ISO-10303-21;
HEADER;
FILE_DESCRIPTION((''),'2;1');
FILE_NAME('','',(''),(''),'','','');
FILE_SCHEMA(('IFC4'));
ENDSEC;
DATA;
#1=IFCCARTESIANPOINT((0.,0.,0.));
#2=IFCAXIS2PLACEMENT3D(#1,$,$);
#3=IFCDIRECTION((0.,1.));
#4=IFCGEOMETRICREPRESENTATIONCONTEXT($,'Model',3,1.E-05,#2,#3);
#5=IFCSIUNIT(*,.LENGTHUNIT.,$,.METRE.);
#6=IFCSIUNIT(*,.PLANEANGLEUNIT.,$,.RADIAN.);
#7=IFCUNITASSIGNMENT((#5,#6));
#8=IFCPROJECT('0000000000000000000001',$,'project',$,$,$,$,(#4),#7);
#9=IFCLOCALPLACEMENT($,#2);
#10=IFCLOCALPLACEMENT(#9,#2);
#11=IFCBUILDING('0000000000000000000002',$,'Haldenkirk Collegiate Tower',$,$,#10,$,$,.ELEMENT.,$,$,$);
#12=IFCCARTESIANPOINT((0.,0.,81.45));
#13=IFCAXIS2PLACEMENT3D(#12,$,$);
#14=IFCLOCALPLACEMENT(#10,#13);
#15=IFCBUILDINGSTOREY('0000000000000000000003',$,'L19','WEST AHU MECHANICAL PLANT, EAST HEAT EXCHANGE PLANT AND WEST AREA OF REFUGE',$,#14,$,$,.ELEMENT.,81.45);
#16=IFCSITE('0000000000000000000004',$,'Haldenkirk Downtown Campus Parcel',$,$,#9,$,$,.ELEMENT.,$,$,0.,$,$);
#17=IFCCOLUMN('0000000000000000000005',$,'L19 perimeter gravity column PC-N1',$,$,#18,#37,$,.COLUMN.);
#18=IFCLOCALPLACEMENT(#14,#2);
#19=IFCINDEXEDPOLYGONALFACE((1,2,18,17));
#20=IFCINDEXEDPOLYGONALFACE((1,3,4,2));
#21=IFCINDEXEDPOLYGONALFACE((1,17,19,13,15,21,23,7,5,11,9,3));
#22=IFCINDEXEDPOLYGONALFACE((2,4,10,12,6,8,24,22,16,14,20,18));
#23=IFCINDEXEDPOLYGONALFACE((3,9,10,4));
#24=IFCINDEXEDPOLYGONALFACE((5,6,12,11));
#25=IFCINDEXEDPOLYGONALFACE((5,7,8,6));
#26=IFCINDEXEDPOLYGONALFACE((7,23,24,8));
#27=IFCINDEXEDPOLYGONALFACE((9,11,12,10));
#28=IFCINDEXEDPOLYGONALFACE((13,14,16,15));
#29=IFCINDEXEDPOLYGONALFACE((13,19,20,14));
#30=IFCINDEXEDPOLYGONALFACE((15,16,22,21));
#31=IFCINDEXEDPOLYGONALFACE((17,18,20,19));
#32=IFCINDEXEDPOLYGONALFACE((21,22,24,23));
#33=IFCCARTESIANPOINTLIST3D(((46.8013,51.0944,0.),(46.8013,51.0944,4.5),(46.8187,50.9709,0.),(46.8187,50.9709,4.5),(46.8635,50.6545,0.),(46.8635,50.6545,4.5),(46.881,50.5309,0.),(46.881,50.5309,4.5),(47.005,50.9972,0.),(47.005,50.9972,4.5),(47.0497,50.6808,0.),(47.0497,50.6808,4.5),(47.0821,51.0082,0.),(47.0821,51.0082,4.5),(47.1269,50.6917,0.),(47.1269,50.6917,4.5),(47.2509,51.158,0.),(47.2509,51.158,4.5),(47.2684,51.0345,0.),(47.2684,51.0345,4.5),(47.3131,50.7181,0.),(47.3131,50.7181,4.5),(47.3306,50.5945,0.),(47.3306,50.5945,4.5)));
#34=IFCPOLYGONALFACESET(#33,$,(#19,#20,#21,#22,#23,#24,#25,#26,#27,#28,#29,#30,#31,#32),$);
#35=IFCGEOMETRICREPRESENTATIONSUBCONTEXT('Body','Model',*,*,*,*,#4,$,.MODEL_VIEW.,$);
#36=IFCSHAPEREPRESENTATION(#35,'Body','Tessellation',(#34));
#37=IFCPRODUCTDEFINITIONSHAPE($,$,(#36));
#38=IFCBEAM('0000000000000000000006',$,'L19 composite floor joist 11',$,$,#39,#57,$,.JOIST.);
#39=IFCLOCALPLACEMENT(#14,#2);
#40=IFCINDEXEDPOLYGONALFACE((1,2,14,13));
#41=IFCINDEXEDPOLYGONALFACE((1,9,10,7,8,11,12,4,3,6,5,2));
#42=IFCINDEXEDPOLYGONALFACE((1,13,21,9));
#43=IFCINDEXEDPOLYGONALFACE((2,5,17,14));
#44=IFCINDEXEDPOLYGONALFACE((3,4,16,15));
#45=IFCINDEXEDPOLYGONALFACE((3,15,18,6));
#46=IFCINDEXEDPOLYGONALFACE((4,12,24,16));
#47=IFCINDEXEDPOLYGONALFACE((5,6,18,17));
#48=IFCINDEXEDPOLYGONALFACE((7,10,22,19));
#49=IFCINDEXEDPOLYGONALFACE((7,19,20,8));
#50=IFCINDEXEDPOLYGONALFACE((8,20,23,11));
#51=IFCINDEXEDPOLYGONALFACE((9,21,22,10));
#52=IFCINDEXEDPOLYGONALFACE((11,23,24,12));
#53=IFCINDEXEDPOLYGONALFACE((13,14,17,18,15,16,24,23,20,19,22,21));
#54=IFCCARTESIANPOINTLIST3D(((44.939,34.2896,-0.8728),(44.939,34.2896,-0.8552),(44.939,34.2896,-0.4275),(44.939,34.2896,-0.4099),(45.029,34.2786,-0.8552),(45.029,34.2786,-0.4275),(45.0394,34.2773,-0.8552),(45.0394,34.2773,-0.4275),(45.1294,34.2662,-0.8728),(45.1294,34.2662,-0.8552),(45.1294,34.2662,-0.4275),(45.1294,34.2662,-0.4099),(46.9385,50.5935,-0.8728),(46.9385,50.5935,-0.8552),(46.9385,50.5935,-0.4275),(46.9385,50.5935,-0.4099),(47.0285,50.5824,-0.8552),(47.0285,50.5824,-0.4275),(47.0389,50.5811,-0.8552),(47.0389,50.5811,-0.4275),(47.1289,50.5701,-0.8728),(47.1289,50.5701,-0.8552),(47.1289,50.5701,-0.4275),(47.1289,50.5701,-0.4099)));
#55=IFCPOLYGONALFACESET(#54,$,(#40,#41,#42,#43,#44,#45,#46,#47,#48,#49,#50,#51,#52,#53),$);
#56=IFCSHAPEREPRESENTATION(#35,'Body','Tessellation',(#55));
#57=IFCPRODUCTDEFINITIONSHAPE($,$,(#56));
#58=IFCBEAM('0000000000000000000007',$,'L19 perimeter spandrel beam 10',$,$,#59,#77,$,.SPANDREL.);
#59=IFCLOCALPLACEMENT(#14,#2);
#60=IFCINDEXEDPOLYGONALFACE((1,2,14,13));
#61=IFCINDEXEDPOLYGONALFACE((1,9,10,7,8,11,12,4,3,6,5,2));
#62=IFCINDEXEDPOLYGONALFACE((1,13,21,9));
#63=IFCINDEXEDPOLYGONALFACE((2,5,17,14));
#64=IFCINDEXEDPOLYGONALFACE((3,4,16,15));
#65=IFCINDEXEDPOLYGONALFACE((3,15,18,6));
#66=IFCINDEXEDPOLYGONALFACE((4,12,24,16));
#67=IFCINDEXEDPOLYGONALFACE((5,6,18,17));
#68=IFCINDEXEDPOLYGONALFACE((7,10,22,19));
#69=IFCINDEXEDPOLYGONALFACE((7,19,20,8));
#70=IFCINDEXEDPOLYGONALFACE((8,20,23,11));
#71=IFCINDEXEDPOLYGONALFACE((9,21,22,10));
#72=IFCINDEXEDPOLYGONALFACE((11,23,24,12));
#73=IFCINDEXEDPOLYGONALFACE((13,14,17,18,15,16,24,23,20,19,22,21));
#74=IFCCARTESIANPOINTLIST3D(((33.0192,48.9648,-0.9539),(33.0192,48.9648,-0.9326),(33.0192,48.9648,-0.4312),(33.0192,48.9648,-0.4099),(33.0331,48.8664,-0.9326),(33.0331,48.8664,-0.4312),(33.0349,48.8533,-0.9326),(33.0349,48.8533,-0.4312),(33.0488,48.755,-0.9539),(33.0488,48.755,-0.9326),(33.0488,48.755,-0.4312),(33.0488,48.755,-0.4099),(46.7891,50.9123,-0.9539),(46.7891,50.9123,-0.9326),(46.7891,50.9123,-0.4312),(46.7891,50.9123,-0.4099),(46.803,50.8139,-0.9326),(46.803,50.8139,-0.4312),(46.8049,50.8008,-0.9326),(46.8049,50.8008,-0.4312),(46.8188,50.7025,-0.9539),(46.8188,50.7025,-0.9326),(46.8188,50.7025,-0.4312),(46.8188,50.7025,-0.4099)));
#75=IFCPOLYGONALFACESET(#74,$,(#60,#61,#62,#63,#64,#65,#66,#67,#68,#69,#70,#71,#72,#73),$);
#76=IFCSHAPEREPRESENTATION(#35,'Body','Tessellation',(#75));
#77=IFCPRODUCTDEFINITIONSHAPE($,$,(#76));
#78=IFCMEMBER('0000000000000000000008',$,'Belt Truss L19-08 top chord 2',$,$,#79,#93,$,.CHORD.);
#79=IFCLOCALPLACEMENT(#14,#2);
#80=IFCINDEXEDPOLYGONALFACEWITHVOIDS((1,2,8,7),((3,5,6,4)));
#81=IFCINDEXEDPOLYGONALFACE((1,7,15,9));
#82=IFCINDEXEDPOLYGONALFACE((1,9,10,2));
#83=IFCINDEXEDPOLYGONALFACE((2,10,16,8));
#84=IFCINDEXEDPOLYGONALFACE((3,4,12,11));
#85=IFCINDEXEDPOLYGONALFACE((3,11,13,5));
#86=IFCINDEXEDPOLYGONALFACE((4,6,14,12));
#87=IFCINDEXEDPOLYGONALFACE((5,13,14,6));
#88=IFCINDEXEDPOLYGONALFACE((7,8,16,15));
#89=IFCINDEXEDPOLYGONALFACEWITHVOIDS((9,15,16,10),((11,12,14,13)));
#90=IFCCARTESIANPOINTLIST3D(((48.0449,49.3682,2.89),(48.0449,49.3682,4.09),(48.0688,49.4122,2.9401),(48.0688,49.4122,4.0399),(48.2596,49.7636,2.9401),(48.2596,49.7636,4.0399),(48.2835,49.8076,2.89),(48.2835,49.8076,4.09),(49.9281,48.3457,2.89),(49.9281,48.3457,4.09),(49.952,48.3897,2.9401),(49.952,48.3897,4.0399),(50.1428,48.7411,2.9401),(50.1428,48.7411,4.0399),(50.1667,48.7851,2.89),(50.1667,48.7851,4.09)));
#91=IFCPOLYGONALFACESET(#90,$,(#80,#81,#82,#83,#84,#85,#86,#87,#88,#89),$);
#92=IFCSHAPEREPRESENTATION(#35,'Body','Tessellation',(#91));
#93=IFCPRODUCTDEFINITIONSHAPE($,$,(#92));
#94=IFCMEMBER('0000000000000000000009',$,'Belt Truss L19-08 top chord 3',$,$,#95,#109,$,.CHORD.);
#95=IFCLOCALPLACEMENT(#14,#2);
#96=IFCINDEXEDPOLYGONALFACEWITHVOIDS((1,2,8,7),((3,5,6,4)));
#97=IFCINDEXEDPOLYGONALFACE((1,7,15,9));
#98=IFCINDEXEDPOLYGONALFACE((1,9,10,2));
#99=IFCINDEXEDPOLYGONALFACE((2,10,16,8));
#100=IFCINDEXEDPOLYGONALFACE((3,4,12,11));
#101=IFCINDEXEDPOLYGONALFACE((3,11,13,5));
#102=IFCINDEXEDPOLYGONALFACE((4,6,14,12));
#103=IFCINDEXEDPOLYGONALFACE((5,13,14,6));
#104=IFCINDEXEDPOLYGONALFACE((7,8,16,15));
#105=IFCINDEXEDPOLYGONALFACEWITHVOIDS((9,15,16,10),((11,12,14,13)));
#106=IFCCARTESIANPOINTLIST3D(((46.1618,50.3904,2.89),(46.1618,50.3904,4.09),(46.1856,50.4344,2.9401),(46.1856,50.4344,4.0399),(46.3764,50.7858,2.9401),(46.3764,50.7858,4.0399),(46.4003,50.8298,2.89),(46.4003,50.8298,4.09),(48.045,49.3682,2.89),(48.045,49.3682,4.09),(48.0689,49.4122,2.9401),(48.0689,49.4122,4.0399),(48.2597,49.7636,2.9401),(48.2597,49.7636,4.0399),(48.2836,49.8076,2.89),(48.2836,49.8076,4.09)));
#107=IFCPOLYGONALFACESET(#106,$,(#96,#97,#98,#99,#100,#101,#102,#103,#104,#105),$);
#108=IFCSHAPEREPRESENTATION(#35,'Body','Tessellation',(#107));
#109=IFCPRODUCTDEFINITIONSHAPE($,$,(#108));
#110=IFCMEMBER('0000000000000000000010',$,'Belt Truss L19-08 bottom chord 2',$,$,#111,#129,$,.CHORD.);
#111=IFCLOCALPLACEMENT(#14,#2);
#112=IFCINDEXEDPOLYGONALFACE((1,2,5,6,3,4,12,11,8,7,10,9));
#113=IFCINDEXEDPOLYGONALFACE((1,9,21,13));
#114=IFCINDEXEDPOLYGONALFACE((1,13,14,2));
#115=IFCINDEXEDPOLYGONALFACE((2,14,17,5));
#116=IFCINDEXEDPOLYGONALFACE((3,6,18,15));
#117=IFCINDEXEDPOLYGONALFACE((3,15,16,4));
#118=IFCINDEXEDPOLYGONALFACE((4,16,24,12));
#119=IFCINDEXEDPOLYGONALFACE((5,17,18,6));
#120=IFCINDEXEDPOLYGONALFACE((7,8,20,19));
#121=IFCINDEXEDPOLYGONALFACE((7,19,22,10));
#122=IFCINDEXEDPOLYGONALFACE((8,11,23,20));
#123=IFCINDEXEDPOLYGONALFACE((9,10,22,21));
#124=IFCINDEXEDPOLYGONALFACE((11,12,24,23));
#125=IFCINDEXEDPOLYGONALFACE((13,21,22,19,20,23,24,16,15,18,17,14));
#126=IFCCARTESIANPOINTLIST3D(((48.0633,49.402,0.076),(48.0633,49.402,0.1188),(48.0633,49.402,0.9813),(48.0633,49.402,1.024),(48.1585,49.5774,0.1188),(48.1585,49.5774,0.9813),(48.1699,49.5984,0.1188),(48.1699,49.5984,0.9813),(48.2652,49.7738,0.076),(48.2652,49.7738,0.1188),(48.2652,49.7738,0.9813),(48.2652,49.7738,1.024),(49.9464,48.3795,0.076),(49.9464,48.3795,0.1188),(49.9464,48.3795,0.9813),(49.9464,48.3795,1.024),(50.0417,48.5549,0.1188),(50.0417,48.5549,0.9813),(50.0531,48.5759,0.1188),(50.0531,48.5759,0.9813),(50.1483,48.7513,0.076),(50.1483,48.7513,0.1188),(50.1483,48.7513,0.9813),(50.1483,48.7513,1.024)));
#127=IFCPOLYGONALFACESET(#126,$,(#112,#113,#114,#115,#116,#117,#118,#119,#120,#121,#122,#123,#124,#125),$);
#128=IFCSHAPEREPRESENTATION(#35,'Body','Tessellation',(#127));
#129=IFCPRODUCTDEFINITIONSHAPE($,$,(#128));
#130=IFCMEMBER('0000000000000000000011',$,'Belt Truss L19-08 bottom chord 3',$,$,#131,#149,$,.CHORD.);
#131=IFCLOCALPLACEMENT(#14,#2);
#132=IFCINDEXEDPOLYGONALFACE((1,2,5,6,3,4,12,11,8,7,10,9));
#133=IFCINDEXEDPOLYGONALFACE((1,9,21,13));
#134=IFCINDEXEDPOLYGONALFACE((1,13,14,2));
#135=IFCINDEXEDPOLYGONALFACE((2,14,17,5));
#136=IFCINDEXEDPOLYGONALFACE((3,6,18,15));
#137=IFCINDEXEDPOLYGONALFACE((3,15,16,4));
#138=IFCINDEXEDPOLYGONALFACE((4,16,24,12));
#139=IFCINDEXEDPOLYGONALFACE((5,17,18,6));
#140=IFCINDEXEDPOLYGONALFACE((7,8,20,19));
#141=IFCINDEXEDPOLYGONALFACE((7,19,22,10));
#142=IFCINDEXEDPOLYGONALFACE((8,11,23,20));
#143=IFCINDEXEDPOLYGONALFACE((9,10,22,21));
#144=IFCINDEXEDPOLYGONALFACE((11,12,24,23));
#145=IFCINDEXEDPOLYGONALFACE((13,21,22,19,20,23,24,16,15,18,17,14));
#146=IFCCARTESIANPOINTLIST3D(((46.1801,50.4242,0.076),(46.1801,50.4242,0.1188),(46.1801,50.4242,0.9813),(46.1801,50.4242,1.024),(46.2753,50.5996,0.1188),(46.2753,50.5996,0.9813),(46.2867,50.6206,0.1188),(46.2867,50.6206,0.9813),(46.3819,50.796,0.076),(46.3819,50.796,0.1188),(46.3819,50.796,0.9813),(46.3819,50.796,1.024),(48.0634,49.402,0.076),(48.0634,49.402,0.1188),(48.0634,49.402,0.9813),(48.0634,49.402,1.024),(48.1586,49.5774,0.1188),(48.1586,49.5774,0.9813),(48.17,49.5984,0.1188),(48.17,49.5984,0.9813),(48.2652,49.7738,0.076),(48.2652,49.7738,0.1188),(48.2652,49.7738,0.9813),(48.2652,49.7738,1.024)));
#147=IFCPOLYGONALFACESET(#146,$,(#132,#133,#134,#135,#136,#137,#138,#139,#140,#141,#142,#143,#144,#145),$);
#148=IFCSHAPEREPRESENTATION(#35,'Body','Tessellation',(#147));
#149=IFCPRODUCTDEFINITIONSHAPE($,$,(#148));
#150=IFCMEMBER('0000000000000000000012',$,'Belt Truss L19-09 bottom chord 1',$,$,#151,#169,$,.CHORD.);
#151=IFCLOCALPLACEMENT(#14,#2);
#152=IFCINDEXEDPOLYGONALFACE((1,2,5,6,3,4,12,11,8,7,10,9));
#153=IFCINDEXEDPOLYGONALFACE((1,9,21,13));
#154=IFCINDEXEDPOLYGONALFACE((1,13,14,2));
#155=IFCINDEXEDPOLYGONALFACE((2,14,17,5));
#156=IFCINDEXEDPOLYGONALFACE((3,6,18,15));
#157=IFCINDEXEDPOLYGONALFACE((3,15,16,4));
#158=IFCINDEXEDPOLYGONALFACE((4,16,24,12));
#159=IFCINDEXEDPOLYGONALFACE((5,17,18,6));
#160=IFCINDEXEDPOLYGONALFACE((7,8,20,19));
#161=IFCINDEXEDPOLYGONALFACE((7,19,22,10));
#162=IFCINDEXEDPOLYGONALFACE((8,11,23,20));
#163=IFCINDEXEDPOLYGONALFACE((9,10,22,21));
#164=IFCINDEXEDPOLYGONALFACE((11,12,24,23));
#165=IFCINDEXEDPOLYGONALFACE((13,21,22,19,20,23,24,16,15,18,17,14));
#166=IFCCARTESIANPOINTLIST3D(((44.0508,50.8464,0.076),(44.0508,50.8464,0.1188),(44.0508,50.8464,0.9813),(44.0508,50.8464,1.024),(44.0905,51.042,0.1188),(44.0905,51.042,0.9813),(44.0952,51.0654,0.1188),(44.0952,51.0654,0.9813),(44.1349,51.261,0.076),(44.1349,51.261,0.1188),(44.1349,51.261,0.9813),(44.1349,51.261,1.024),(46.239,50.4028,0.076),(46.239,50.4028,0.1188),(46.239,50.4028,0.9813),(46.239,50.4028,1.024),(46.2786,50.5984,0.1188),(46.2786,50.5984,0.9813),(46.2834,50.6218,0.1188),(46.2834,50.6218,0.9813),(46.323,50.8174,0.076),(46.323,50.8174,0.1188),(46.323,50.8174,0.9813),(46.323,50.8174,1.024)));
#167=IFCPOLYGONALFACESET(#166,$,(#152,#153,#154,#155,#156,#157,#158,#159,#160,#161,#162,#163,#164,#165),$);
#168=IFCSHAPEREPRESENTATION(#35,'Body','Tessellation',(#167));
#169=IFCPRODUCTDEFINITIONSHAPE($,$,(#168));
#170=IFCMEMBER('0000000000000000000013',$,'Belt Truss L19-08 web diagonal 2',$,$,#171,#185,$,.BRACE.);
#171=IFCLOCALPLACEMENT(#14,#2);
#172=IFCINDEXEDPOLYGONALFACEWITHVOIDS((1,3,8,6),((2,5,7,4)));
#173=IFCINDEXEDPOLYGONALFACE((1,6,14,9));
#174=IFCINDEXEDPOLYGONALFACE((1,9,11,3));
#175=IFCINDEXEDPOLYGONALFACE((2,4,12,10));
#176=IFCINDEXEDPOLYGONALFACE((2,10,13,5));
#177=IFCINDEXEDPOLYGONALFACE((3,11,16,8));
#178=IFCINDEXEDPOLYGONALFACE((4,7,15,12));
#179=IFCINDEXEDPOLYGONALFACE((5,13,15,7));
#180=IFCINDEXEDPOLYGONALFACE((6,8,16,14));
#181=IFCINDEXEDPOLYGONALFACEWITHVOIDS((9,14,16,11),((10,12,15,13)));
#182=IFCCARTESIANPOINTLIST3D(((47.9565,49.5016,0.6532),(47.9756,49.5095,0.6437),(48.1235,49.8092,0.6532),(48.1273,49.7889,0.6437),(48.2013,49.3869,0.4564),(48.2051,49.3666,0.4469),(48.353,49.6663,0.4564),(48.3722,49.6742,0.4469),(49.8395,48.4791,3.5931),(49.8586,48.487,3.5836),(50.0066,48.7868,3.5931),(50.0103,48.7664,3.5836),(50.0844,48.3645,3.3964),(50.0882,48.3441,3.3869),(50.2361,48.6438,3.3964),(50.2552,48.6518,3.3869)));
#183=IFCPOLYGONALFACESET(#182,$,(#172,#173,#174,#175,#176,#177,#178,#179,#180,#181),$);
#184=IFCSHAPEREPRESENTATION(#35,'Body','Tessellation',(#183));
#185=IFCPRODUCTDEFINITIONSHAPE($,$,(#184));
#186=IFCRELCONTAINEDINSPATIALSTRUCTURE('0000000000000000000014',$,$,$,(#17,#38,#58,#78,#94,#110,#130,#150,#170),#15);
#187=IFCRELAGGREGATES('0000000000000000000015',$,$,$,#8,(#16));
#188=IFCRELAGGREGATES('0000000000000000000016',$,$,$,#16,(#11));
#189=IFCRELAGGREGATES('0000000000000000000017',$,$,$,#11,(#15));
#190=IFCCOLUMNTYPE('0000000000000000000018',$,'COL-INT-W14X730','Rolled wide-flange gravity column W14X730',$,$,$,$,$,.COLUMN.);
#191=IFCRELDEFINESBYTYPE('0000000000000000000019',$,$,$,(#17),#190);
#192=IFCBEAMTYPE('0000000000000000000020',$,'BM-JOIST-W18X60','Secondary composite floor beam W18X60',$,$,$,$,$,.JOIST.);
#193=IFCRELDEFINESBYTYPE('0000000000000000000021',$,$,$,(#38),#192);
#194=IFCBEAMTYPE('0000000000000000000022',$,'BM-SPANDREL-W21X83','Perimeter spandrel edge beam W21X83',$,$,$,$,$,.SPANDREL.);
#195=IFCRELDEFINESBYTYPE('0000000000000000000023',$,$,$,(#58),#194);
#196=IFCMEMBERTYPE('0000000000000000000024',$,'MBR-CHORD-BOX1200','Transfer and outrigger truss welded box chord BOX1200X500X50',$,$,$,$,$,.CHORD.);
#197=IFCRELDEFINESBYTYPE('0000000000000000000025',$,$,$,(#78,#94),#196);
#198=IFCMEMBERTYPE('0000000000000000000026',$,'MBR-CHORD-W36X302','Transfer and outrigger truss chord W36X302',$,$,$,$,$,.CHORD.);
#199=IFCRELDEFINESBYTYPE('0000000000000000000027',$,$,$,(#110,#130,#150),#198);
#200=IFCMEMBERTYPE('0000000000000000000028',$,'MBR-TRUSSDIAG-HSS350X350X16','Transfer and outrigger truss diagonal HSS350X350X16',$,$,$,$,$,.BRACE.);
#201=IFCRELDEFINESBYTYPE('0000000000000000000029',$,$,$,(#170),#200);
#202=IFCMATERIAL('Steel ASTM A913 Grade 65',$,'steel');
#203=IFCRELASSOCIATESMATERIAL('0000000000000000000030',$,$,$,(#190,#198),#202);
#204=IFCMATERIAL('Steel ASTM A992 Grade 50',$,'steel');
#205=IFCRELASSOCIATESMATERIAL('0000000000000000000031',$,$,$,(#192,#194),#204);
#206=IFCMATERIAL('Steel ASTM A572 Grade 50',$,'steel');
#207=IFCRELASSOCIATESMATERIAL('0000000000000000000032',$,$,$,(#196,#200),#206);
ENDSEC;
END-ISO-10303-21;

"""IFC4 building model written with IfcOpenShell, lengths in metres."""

from ifc_helpers import new_model, si_unit, direction, frame, origin, origin_2d, place, context, subcontext, project, spatial, hollow_rectangle, i_section, extrude, material, material_profile, profile_set, type_object, element, save


model = new_model("IFC4")

# Units and contexts
model_context = context("Model", 3, precision=1e-05, world=origin(), true_north=direction((0.0, 1.0)))
body_context = subcontext(model_context, "Body", "Model", "MODEL_VIEW")
ifc_project = project(units=[si_unit("LENGTHUNIT", "METRE"), si_unit("PLANEANGLEUNIT", "RADIAN")], contexts=[model_context])

# Site, building, storey
site_placement = place(None, origin())
site = spatial("IfcSite", under=ifc_project, at=site_placement, Name="Haldenkirk Downtown Campus Parcel", CompositionType="ELEMENT", RefElevation=0.0)
building_placement = place(site_placement, origin())
building = spatial("IfcBuilding", under=site, at=building_placement, Name="Haldenkirk Collegiate Tower", CompositionType="ELEMENT")
storey_placement = place(building_placement, frame((0.0, 0.0, 81.45)))
storey = spatial("IfcBuildingStorey", under=building, at=storey_placement, Name="L19", Description="WEST AHU MECHANICAL PLANT, EAST HEAT EXCHANGE PLANT AND WEST AREA OF REFUGE", CompositionType="ELEMENT", Elevation=81.45)

# Column
ifc_material_1 = material(Name="Steel ASTM A913 Grade 65", Category="steel")
ifc_material_profile_1 = material_profile(ifc_material_1, i_section(OverallWidth=0.4541, OverallDepth=0.5691, WebThickness=0.0779, FlangeThickness=0.1248, at=origin_2d()), Name="W14X730")
ifc_profile_set_1 = profile_set([ifc_material_profile_1], Name="Steel ASTM A913 Grade 65")
column_type = type_object("IfcColumnType", Name="COL-INT-W14X730", Description="Rolled wide-flange gravity column W14X730", PredefinedType="COLUMN", material=ifc_profile_set_1)
column_placement = place(storey_placement, frame((47.0659, 50.8445, 0.0), z_axis=(0.0, 0.0, 1.0), x_axis=(0.990146, 0.140037, 0.0)))
element("IfcColumn", 1, at=column_placement, inside=storey, type_object=column_type, Name="L19 perimeter gravity column PC-N1", PredefinedType="COLUMN", context=body_context, shape_type="SweptSolid", body=[
    extrude(i_section(OverallWidth=0.4541, OverallDepth=0.5691, WebThickness=0.0779, FlangeThickness=0.1248, at=origin_2d()), origin(), (0.0, 0.0, 1.0), 4.5),
])

# Beams
ifc_material_2 = material(Name="Steel ASTM A992 Grade 50", Category="steel")
ifc_material_profile_2 = material_profile(ifc_material_2, i_section(OverallWidth=0.1919, OverallDepth=0.4629, WebThickness=0.0105, FlangeThickness=0.0176, at=origin_2d()), Name="W18X60")
ifc_profile_set_2 = profile_set([ifc_material_profile_2], Name="Steel ASTM A992 Grade 50")
beam_type_1 = type_object("IfcBeamType", Name="BM-JOIST-W18X60", Description="Secondary composite floor beam W18X60", PredefinedType="JOIST", material=ifc_profile_set_2)
beam_1_placement = place(storey_placement, frame((47.0337, 50.5818, -0.6414), z_axis=(-0.121728, -0.992564, 0.0), x_axis=(0.992564, -0.121728, 0.0)))
element("IfcBeam", 2, at=beam_1_placement, inside=storey, type_object=beam_type_1, Name="L19 composite floor joist 11", PredefinedType="JOIST", context=body_context, shape_type="SweptSolid", body=[
    extrude(i_section(OverallWidth=0.1919, OverallDepth=0.4629, WebThickness=0.0105, FlangeThickness=0.0176, at=origin_2d()), origin(), (0.0, 0.0, 1.0), 16.426),
])
ifc_material_profile_3 = material_profile(ifc_material_2, i_section(OverallWidth=0.2119, OverallDepth=0.5439, WebThickness=0.0132, FlangeThickness=0.0212, at=origin_2d()), Name="W21X83")
ifc_profile_set_3 = profile_set([ifc_material_profile_3], Name="Steel ASTM A992 Grade 50")
beam_type_2 = type_object("IfcBeamType", Name="BM-SPANDREL-W21X83", Description="Perimeter spandrel edge beam W21X83", PredefinedType="SPANDREL", material=ifc_profile_set_3)
beam_2_placement = place(storey_placement, frame((46.804, 50.8074, -0.6819), z_axis=(-0.990146, -0.140038, 0.0), x_axis=(0.140038, -0.990146, 0.0)))
element("IfcBeam", 3, at=beam_2_placement, inside=storey, type_object=beam_type_2, Name="L19 perimeter spandrel beam 10", PredefinedType="SPANDREL", context=body_context, shape_type="SweptSolid", body=[
    extrude(i_section(OverallWidth=0.2119, OverallDepth=0.5439, WebThickness=0.0132, FlangeThickness=0.0212, at=origin_2d()), origin(), (0.0, 0.0, 1.0), 13.907),
])

# Members
ifc_material_3 = material(Name="Steel ASTM A572 Grade 50", Category="steel")
ifc_material_profile_4 = material_profile(ifc_material_3, hollow_rectangle(XDim=0.5, YDim=1.2, WallThickness=0.05, at=origin_2d()), Name="BOX1200X500X50")
ifc_profile_set_4 = profile_set([ifc_material_profile_4], Name="Steel ASTM A572 Grade 50")
member_type_1 = type_object("IfcMemberType", Name="MBR-CHORD-BOX1200", Description="Transfer and outrigger truss welded box chord BOX1200X500X50", PredefinedType="CHORD", material=ifc_profile_set_4)
for number, where, z_axis, x_axis, name in (
    (4, (50.0474, 48.5654, 3.49), (-0.878808, 0.477175, 0.0), (-0.477175, -0.878808, 0.0), "Belt Truss L19-08 top chord 2"),
    (5, (48.1643, 49.5879, 3.49), (-0.878882, 0.477039, 0.0), (-0.477039, -0.878882, 0.0), "Belt Truss L19-08 top chord 3"),
):
    element("IfcMember", number, at=place(storey_placement, frame(where, z_axis=z_axis, x_axis=x_axis)), inside=storey, type_object=member_type_1, Name=name, PredefinedType="CHORD", context=body_context, shape_type="SweptSolid", body=[
        extrude(hollow_rectangle(XDim=0.5, YDim=1.2, WallThickness=0.05, at=origin_2d()), origin(), (0.0, 0.0, 1.0), 2.1428),
    ])
ifc_material_profile_5 = material_profile(ifc_material_1, i_section(OverallWidth=0.4231, OverallDepth=0.948, WebThickness=0.0239, FlangeThickness=0.0427, at=origin_2d()), Name="W36X302")
ifc_profile_set_5 = profile_set([ifc_material_profile_5], Name="Steel ASTM A913 Grade 65")
member_type_2 = type_object("IfcMemberType", Name="MBR-CHORD-W36X302", Description="Transfer and outrigger truss chord W36X302", PredefinedType="CHORD", material=ifc_profile_set_5)
for number, where, z_axis, x_axis, name in (
    (6, (50.0474, 48.5654, 0.55), (-0.878808, 0.477175, 0.0), (-0.477175, -0.878808, 0.0), "Belt Truss L19-08 bottom chord 2"),
    (7, (48.1643, 49.5879, 0.55), (-0.878882, 0.477039, 0.0), (-0.477039, -0.878882, 0.0), "Belt Truss L19-08 bottom chord 3"),
):
    element("IfcMember", number, at=place(storey_placement, frame(where, z_axis=z_axis, x_axis=x_axis)), inside=storey, type_object=member_type_2, Name=name, PredefinedType="CHORD", context=body_context, shape_type="SweptSolid", body=[
        extrude(i_section(OverallWidth=0.4231, OverallDepth=0.948, WebThickness=0.0239, FlangeThickness=0.0427, at=origin_2d()), origin(), (0.0, 0.0, 1.0), 2.1428),
    ])
member_1_placement = place(storey_placement, frame((46.281, 50.6101, 0.55), z_axis=(-0.980064, 0.198681, 0.0), x_axis=(-0.198681, -0.980064, 0.0)))
element("IfcMember", 8, at=member_1_placement, inside=storey, type_object=member_type_2, Name="Belt Truss L19-09 bottom chord 1", PredefinedType="CHORD", context=body_context, shape_type="SweptSolid", body=[
    extrude(i_section(OverallWidth=0.4231, OverallDepth=0.948, WebThickness=0.0239, FlangeThickness=0.0427, at=origin_2d()), origin(), (0.0, 0.0, 1.0), 2.2327),
])
ifc_material_profile_6 = material_profile(ifc_material_3, hollow_rectangle(XDim=0.3501, YDim=0.3501, WallThickness=0.0161, at=origin_2d()), Name="HSS350X350X16")
ifc_profile_set_6 = profile_set([ifc_material_profile_6], Name="Steel ASTM A572 Grade 50")
member_type_3 = type_object("IfcMemberType", Name="MBR-TRUSSDIAG-HSS350X350X16", Description="Transfer and outrigger truss diagonal HSS350X350X16", PredefinedType="BRACE", material=ifc_profile_set_6)
for number, where, z_axis, x_axis, name in (
    (9, (50.0474, 48.5654, 3.49), (-0.517617, 0.281055, -0.808134), (-0.477175, -0.878808, 0.0), "Belt Truss L19-08 web diagonal 2"),
):
    element("IfcMember", number, at=place(storey_placement, frame(where, z_axis=z_axis, x_axis=x_axis)), inside=storey, type_object=member_type_3, Name=name, PredefinedType="BRACE", context=body_context, shape_type="SweptSolid", body=[
        extrude(hollow_rectangle(XDim=0.3501, YDim=0.3501, WallThickness=0.0161, at=origin_2d()), origin(), (0.0, 0.0, 1.0), 3.6379),
    ])

save(model, "model.ifc")
